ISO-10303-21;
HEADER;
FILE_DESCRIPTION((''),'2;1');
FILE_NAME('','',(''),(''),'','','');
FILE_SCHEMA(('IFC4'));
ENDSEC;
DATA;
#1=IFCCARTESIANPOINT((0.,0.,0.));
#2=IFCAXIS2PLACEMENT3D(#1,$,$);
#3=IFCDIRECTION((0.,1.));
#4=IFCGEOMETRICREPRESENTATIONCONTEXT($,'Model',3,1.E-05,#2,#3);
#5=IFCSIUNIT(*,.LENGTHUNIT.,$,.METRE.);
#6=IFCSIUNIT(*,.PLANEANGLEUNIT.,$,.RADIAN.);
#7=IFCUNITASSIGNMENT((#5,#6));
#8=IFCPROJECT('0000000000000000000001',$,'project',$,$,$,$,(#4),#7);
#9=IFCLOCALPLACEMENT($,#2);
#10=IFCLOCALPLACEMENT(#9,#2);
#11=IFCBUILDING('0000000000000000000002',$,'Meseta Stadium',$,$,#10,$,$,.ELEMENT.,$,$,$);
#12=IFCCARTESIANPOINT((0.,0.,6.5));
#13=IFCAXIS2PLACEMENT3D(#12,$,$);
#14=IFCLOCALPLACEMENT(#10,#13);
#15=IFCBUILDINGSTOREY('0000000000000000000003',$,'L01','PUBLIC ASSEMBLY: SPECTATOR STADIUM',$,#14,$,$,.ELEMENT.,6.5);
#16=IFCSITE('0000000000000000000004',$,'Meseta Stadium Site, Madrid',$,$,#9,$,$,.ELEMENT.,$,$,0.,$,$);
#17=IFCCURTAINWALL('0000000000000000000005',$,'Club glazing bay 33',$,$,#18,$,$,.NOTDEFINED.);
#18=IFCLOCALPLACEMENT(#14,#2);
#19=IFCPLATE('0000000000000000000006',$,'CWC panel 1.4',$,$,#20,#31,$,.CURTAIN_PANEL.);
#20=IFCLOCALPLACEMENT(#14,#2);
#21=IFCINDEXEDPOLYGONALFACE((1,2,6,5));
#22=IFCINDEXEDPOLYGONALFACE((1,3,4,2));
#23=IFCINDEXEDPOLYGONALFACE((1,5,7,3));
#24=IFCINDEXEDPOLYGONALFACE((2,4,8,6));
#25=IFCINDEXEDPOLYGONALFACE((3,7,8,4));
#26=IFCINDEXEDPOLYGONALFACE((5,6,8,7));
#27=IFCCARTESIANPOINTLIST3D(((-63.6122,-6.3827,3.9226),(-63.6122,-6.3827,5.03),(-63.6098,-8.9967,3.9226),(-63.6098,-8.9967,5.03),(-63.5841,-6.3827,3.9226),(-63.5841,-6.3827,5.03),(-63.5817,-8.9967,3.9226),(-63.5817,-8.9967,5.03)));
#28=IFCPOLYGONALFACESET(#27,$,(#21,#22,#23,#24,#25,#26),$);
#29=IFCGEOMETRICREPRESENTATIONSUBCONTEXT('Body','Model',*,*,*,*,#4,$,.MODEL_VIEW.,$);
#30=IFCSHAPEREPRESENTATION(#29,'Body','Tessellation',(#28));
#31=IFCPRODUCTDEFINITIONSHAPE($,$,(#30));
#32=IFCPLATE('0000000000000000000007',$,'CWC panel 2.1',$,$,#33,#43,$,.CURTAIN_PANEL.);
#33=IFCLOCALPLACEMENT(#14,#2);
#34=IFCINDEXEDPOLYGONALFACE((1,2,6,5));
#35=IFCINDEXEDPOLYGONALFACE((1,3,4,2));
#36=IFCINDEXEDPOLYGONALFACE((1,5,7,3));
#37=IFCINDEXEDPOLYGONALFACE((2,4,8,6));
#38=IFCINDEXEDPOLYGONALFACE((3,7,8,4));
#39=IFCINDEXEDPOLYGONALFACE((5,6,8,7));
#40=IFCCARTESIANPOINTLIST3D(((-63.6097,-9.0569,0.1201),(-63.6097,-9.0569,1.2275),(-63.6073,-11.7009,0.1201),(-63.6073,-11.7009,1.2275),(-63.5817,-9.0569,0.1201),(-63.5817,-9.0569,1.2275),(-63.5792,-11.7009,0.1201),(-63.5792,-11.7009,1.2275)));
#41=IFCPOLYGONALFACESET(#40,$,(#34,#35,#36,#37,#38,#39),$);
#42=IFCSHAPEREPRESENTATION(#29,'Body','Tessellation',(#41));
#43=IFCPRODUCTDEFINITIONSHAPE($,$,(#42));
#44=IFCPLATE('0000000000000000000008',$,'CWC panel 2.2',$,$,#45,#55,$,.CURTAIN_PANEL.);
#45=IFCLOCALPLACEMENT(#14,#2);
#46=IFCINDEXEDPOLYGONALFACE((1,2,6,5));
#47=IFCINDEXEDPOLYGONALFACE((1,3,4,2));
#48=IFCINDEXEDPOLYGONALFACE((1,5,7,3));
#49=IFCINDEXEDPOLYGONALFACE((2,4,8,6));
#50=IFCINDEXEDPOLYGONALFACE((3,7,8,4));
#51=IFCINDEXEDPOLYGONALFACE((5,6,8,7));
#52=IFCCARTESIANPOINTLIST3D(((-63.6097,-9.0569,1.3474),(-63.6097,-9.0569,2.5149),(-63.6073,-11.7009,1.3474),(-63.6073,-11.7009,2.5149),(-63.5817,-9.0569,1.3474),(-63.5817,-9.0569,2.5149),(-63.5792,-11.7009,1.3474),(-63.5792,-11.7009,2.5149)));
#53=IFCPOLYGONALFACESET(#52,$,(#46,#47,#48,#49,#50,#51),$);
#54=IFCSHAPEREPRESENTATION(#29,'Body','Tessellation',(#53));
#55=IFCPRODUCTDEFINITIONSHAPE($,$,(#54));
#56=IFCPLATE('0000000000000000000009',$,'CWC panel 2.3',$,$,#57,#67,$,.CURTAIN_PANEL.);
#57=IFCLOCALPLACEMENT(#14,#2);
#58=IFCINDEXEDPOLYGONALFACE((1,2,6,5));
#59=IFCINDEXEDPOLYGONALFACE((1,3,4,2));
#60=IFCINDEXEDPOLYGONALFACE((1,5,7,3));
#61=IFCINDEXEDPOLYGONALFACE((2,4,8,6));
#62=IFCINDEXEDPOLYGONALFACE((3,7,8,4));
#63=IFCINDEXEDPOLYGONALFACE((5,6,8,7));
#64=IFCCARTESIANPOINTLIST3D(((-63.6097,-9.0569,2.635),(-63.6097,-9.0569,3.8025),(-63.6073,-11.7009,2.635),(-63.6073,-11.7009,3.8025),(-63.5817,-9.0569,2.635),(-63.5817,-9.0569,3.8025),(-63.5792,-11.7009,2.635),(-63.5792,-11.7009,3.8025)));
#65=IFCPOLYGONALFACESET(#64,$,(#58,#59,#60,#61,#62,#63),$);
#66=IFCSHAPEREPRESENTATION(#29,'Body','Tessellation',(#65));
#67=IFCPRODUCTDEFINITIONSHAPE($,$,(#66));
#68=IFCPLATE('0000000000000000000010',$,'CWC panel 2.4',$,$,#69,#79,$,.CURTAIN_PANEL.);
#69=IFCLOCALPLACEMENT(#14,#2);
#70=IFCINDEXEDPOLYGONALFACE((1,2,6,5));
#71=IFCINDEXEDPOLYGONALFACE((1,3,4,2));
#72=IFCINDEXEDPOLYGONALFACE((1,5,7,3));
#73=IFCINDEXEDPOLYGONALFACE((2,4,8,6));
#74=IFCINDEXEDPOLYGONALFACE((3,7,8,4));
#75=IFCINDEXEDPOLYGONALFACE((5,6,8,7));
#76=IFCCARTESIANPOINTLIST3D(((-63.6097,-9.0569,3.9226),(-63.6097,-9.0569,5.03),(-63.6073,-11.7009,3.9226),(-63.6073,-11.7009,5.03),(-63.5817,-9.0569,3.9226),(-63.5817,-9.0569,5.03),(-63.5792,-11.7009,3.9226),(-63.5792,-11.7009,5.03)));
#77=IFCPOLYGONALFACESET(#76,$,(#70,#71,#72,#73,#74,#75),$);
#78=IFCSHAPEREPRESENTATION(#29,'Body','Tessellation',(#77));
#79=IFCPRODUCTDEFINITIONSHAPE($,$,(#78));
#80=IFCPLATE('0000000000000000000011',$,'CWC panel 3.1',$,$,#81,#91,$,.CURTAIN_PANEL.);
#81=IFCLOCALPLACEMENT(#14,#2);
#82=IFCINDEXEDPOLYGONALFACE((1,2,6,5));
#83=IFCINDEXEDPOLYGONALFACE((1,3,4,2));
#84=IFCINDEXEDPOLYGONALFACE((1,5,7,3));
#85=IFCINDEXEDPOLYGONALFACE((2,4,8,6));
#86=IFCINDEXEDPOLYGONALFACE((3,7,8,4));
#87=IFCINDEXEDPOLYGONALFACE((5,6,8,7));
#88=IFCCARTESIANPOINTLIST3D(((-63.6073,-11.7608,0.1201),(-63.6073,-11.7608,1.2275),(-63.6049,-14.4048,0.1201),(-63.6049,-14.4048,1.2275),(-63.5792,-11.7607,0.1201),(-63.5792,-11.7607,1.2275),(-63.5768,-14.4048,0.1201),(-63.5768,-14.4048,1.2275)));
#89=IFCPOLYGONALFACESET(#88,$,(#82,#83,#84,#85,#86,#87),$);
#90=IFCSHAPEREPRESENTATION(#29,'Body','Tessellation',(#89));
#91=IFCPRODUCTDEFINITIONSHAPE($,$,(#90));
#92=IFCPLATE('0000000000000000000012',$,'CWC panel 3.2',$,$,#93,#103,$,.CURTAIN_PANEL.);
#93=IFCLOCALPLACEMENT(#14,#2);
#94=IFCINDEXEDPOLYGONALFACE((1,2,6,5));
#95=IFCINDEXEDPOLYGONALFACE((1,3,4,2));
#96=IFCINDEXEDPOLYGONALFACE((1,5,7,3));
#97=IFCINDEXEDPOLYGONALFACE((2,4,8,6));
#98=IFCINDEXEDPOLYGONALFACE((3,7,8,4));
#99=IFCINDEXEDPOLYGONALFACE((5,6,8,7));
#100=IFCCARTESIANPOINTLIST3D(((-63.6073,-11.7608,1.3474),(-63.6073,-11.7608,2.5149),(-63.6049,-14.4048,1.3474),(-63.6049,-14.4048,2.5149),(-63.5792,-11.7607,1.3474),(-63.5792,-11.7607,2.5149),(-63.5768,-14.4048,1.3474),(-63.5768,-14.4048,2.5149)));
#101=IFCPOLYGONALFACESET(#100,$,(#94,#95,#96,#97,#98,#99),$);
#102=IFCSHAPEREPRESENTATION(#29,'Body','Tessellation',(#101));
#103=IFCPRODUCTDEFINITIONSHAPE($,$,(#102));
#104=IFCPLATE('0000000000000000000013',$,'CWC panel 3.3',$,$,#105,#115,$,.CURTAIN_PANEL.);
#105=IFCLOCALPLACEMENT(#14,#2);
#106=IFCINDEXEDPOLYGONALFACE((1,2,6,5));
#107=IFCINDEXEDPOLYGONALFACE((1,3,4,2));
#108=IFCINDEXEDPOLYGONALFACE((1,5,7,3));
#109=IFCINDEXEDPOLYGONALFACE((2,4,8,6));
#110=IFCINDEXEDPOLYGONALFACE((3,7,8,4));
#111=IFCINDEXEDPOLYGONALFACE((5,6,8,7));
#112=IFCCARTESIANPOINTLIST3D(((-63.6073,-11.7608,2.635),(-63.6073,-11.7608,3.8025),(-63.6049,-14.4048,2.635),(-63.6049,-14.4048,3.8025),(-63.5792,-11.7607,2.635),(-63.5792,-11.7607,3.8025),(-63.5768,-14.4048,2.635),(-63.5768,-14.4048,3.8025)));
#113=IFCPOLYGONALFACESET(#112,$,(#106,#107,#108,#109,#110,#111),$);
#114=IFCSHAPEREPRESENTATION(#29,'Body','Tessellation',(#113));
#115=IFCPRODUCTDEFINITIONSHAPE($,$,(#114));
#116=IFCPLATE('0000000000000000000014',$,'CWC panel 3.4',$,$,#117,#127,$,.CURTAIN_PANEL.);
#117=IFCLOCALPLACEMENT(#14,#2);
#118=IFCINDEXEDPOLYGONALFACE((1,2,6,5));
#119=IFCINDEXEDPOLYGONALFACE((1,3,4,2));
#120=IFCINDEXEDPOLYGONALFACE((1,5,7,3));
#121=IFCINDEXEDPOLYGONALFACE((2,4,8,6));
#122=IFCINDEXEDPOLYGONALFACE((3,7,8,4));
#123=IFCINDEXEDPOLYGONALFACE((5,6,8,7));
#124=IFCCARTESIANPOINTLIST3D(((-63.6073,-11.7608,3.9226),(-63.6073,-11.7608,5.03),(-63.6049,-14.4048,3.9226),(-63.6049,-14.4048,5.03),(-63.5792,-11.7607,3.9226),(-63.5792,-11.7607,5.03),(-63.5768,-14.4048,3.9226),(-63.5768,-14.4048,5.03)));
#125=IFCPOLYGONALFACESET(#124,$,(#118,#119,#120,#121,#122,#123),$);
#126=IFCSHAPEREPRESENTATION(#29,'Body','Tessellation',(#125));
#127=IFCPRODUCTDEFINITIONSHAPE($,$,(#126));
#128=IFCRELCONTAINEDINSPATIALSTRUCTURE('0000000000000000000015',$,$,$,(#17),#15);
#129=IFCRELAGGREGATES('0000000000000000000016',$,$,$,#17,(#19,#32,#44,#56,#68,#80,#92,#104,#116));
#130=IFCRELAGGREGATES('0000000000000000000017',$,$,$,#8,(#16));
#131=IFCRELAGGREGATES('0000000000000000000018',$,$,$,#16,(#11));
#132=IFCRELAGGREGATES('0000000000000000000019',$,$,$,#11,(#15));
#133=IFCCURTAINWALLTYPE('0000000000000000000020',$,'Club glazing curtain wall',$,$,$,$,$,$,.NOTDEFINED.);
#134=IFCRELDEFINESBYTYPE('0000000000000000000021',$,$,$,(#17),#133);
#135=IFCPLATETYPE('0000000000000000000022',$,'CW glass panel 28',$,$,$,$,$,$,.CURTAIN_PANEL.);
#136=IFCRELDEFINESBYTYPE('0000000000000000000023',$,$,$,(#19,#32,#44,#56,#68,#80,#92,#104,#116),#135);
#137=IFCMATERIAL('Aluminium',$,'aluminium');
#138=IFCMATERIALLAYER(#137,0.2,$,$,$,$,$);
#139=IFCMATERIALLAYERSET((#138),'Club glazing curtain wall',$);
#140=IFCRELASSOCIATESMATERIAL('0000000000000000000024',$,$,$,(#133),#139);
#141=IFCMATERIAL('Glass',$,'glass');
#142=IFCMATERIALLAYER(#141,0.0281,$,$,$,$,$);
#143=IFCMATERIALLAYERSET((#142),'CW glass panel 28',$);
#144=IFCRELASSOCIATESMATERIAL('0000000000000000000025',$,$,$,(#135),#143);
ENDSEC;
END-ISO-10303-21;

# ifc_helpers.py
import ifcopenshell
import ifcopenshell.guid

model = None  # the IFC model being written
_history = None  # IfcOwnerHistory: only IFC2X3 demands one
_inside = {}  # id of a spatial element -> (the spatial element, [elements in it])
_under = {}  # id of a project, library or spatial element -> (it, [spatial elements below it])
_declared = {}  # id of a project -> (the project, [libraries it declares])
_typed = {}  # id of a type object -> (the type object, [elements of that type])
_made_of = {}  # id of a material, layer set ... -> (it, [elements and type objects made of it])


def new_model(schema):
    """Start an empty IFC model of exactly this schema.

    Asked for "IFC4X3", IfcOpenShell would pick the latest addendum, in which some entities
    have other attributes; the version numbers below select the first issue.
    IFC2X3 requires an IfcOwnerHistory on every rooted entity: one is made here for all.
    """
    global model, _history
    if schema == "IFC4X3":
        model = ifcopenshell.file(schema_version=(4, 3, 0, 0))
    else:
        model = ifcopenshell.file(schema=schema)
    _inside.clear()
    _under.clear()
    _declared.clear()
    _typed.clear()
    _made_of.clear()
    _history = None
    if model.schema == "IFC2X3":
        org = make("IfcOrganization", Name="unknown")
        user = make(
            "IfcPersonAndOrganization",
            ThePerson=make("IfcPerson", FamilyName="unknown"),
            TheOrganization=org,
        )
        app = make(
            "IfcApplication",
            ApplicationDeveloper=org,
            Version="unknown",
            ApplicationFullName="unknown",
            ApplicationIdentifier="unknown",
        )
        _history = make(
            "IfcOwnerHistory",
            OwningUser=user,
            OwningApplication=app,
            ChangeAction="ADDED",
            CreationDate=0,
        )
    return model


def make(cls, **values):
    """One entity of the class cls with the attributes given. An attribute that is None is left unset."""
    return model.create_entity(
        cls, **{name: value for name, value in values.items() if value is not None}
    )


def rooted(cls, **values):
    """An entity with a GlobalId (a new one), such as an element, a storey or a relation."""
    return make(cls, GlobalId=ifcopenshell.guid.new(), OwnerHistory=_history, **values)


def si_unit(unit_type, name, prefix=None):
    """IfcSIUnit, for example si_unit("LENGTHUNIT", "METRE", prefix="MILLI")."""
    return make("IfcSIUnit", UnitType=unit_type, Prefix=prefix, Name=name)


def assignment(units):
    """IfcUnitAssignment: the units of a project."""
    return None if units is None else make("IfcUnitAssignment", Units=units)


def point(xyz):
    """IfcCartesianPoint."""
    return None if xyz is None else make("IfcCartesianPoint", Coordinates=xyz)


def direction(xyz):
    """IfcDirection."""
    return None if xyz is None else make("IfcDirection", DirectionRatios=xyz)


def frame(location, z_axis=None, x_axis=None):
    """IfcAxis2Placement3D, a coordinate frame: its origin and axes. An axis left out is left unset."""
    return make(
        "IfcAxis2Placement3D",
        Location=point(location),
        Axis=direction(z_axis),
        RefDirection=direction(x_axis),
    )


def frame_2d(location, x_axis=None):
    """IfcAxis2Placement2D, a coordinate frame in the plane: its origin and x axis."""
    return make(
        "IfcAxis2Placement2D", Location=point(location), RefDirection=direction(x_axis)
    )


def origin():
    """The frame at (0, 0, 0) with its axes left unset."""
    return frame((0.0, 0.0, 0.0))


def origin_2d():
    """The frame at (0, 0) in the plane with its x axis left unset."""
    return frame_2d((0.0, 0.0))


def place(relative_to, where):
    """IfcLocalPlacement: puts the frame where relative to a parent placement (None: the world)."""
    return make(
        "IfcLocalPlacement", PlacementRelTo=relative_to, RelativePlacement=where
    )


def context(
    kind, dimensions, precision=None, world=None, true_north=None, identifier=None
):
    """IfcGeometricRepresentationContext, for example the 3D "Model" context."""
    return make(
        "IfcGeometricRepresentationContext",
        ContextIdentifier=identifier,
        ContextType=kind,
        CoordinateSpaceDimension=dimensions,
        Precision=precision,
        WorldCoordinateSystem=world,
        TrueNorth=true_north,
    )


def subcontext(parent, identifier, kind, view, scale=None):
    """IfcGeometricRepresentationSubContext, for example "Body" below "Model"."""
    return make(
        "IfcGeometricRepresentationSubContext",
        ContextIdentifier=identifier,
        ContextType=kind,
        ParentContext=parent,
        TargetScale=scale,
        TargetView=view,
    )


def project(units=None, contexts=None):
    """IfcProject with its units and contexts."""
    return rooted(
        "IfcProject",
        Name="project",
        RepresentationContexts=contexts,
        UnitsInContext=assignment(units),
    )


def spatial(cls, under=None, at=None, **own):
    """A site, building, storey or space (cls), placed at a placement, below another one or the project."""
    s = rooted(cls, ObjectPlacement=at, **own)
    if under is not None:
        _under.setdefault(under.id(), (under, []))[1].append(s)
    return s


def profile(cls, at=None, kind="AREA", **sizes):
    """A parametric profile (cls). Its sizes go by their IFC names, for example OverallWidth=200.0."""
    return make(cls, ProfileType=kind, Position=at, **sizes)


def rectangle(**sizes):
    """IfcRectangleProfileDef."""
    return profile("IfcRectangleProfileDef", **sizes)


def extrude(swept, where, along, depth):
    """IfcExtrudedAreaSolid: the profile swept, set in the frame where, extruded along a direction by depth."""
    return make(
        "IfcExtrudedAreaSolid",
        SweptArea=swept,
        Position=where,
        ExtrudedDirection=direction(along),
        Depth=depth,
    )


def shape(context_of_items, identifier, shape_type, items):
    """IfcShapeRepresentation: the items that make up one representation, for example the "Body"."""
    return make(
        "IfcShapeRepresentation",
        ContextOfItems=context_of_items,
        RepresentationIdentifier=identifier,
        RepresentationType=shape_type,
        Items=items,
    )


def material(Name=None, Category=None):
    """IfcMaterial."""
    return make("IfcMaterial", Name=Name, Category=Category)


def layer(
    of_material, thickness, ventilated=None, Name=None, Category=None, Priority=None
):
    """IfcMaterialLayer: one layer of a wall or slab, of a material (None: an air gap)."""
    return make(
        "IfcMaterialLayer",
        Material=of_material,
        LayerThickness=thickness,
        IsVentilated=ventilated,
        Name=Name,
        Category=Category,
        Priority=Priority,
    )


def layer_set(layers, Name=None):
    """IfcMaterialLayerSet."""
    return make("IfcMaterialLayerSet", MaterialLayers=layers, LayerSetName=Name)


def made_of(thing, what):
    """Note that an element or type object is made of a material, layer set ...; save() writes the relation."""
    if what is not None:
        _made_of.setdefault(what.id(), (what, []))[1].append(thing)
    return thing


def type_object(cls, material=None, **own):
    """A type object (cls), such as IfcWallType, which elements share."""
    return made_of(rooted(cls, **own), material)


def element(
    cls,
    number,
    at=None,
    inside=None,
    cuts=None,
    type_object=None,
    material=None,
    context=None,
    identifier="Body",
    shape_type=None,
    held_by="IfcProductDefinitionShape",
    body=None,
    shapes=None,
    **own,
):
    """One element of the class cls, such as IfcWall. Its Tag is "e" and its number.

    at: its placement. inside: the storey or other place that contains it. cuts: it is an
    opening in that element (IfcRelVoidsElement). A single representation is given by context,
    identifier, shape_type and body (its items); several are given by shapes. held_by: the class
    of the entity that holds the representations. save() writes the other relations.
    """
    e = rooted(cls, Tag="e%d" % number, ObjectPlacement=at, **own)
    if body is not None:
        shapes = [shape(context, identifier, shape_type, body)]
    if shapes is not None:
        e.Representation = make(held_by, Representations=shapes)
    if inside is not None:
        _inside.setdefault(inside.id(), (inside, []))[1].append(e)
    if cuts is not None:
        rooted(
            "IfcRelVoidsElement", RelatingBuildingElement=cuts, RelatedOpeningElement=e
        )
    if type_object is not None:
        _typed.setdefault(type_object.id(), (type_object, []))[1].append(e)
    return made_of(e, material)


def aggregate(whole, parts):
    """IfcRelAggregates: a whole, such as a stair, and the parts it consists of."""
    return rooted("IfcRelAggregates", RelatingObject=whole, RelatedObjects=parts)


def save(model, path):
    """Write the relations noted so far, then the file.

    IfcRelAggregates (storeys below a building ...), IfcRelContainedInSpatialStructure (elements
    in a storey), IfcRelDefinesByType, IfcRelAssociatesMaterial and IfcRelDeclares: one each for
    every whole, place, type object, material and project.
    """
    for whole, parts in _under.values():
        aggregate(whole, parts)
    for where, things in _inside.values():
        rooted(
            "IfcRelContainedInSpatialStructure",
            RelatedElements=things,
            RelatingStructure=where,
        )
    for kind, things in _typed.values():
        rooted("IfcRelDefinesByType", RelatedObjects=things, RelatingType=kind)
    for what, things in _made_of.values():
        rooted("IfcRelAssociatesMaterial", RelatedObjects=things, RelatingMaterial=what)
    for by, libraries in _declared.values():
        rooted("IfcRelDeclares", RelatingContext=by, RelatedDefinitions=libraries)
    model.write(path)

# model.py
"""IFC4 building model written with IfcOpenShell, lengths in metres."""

from ifc_helpers import new_model, si_unit, direction, frame, origin, origin_2d, place, context, subcontext, project, spatial, rectangle, extrude, material, layer, layer_set, type_object, element, aggregate, save


model = new_model("IFC4")

# Units and contexts
model_context = context("Model", 3, precision=1e-05, world=origin(), true_north=direction((0.0, 1.0)))
body_context = subcontext(model_context, "Body", "Model", "MODEL_VIEW")
ifc_project = project(units=[si_unit("LENGTHUNIT", "METRE"), si_unit("PLANEANGLEUNIT", "RADIAN")], contexts=[model_context])

# Site, building, storey
site_placement = place(None, origin())
site = spatial("IfcSite", under=ifc_project, at=site_placement, Name="Meseta Stadium Site, Madrid", CompositionType="ELEMENT", RefElevation=0.0)
building_placement = place(site_placement, origin())
building = spatial("IfcBuilding", under=site, at=building_placement, Name="Meseta Stadium", CompositionType="ELEMENT")
storey_placement = place(building_placement, frame((0.0, 0.0, 6.5)))
storey = spatial("IfcBuildingStorey", under=building, at=storey_placement, Name="L01", Description="PUBLIC ASSEMBLY: SPECTATOR STADIUM", CompositionType="ELEMENT", Elevation=6.5)

# Shared definitions
ifc_material_1 = material(Name="Aluminium", Category="aluminium")
ifc_layer_1 = layer(ifc_material_1, 0.2)
ifc_layer_set_1 = layer_set([ifc_layer_1], Name="Club glazing curtain wall")
curtain_wall_type = type_object("IfcCurtainWallType", Name="Club glazing curtain wall", PredefinedType="NOTDEFINED", material=ifc_layer_set_1)

# Curtain wall
curtain_wall_1_placement = place(storey_placement, origin())
curtain_wall_1 = element("IfcCurtainWall", 1, at=curtain_wall_1_placement, inside=storey, type_object=curtain_wall_type, Name="Club glazing bay 33", PredefinedType="NOTDEFINED")

# Plates
ifc_material_2 = material(Name="Glass", Category="glass")
ifc_layer_2 = layer(ifc_material_2, 0.0281)
ifc_layer_set_2 = layer_set([ifc_layer_2], Name="CW glass panel 28")
plate_type = type_object("IfcPlateType", Name="CW glass panel 28", PredefinedType="CURTAIN_PANEL", material=ifc_layer_set_2)
plate_1_placement = place(storey_placement, frame((-63.5969, -7.6897, 3.9226), z_axis=(0.0, 0.0, 1.0), x_axis=(0.000925, -1.0, 0.0)))
plate_1 = element("IfcPlate", 2, at=plate_1_placement, type_object=plate_type, Name="CWC panel 1.4", PredefinedType="CURTAIN_PANEL", context=body_context, shape_type="SweptSolid", body=[
    extrude(rectangle(XDim=2.614, YDim=0.0281, at=origin_2d()), origin(), (0.0, 0.0, 1.0), 1.1074),
])
plate_2_placement = place(storey_placement, frame((-63.5945, -10.3789, 0.1201), z_axis=(0.0, 0.0, 1.0), x_axis=(0.000925, -1.0, 0.0)))
plate_2 = element("IfcPlate", 3, at=plate_2_placement, type_object=plate_type, Name="CWC panel 2.1", PredefinedType="CURTAIN_PANEL", context=body_context, shape_type="SweptSolid", body=[
    extrude(rectangle(XDim=2.644, YDim=0.0281, at=origin_2d()), origin(), (0.0, 0.0, 1.0), 1.1074),
])
plate_3_placement = place(storey_placement, frame((-63.5945, -10.3789, 1.3474), z_axis=(0.0, 0.0, 1.0), x_axis=(0.000925, -1.0, 0.0)))
plate_3 = element("IfcPlate", 4, at=plate_3_placement, type_object=plate_type, Name="CWC panel 2.2", PredefinedType="CURTAIN_PANEL", context=body_context, shape_type="SweptSolid", body=[
    extrude(rectangle(XDim=2.644, YDim=0.0281, at=origin_2d()), origin(), (0.0, 0.0, 1.0), 1.1675),
])
plate_4_placement = place(storey_placement, frame((-63.5945, -10.3789, 2.635), z_axis=(0.0, 0.0, 1.0), x_axis=(0.000925, -1.0, 0.0)))
plate_4 = element("IfcPlate", 5, at=plate_4_placement, type_object=plate_type, Name="CWC panel 2.3", PredefinedType="CURTAIN_PANEL", context=body_context, shape_type="SweptSolid", body=[
    extrude(rectangle(XDim=2.644, YDim=0.0281, at=origin_2d()), origin(), (0.0, 0.0, 1.0), 1.1675),
])
plate_5_placement = place(storey_placement, frame((-63.5945, -10.3789, 3.9226), z_axis=(0.0, 0.0, 1.0), x_axis=(0.000925, -1.0, 0.0)))
plate_5 = element("IfcPlate", 6, at=plate_5_placement, type_object=plate_type, Name="CWC panel 2.4", PredefinedType="CURTAIN_PANEL", context=body_context, shape_type="SweptSolid", body=[
    extrude(rectangle(XDim=2.644, YDim=0.0281, at=origin_2d()), origin(), (0.0, 0.0, 1.0), 1.1074),
])
plate_6_placement = place(storey_placement, frame((-63.592, -13.0828, 0.1201), z_axis=(0.0, 0.0, 1.0), x_axis=(0.000925, -1.0, 0.0)))
plate_6 = element("IfcPlate", 7, at=plate_6_placement, type_object=plate_type, Name="CWC panel 3.1", PredefinedType="CURTAIN_PANEL", context=body_context, shape_type="SweptSolid", body=[
    extrude(rectangle(XDim=2.644, YDim=0.0281, at=origin_2d()), origin(), (0.0, 0.0, 1.0), 1.1074),
])
plate_7_placement = place(storey_placement, frame((-63.592, -13.0828, 1.3474), z_axis=(0.0, 0.0, 1.0), x_axis=(0.000925, -1.0, 0.0)))
plate_7 = element("IfcPlate", 8, at=plate_7_placement, type_object=plate_type, Name="CWC panel 3.2", PredefinedType="CURTAIN_PANEL", context=body_context, shape_type="SweptSolid", body=[
    extrude(rectangle(XDim=2.644, YDim=0.0281, at=origin_2d()), origin(), (0.0, 0.0, 1.0), 1.1675),
])
plate_8_placement = place(storey_placement, frame((-63.592, -13.0828, 2.635), z_axis=(0.0, 0.0, 1.0), x_axis=(0.000925, -1.0, 0.0)))
plate_8 = element("IfcPlate", 9, at=plate_8_placement, type_object=plate_type, Name="CWC panel 3.3", PredefinedType="CURTAIN_PANEL", context=body_context, shape_type="SweptSolid", body=[
    extrude(rectangle(XDim=2.644, YDim=0.0281, at=origin_2d()), origin(), (0.0, 0.0, 1.0), 1.1675),
])
plate_9_placement = place(storey_placement, frame((-63.592, -13.0828, 3.9226), z_axis=(0.0, 0.0, 1.0), x_axis=(0.000925, -1.0, 0.0)))
plate_9 = element("IfcPlate", 10, at=plate_9_placement, type_object=plate_type, Name="CWC panel 3.4", PredefinedType="CURTAIN_PANEL", context=body_context, shape_type="SweptSolid", body=[
    extrude(rectangle(XDim=2.644, YDim=0.0281, at=origin_2d()), origin(), (0.0, 0.0, 1.0), 1.1074),
])
aggregate(curtain_wall_1, [plate_1, plate_2, plate_3, plate_4, plate_5, plate_6, plate_7, plate_8, plate_9])

save(model, "model.ifc")
